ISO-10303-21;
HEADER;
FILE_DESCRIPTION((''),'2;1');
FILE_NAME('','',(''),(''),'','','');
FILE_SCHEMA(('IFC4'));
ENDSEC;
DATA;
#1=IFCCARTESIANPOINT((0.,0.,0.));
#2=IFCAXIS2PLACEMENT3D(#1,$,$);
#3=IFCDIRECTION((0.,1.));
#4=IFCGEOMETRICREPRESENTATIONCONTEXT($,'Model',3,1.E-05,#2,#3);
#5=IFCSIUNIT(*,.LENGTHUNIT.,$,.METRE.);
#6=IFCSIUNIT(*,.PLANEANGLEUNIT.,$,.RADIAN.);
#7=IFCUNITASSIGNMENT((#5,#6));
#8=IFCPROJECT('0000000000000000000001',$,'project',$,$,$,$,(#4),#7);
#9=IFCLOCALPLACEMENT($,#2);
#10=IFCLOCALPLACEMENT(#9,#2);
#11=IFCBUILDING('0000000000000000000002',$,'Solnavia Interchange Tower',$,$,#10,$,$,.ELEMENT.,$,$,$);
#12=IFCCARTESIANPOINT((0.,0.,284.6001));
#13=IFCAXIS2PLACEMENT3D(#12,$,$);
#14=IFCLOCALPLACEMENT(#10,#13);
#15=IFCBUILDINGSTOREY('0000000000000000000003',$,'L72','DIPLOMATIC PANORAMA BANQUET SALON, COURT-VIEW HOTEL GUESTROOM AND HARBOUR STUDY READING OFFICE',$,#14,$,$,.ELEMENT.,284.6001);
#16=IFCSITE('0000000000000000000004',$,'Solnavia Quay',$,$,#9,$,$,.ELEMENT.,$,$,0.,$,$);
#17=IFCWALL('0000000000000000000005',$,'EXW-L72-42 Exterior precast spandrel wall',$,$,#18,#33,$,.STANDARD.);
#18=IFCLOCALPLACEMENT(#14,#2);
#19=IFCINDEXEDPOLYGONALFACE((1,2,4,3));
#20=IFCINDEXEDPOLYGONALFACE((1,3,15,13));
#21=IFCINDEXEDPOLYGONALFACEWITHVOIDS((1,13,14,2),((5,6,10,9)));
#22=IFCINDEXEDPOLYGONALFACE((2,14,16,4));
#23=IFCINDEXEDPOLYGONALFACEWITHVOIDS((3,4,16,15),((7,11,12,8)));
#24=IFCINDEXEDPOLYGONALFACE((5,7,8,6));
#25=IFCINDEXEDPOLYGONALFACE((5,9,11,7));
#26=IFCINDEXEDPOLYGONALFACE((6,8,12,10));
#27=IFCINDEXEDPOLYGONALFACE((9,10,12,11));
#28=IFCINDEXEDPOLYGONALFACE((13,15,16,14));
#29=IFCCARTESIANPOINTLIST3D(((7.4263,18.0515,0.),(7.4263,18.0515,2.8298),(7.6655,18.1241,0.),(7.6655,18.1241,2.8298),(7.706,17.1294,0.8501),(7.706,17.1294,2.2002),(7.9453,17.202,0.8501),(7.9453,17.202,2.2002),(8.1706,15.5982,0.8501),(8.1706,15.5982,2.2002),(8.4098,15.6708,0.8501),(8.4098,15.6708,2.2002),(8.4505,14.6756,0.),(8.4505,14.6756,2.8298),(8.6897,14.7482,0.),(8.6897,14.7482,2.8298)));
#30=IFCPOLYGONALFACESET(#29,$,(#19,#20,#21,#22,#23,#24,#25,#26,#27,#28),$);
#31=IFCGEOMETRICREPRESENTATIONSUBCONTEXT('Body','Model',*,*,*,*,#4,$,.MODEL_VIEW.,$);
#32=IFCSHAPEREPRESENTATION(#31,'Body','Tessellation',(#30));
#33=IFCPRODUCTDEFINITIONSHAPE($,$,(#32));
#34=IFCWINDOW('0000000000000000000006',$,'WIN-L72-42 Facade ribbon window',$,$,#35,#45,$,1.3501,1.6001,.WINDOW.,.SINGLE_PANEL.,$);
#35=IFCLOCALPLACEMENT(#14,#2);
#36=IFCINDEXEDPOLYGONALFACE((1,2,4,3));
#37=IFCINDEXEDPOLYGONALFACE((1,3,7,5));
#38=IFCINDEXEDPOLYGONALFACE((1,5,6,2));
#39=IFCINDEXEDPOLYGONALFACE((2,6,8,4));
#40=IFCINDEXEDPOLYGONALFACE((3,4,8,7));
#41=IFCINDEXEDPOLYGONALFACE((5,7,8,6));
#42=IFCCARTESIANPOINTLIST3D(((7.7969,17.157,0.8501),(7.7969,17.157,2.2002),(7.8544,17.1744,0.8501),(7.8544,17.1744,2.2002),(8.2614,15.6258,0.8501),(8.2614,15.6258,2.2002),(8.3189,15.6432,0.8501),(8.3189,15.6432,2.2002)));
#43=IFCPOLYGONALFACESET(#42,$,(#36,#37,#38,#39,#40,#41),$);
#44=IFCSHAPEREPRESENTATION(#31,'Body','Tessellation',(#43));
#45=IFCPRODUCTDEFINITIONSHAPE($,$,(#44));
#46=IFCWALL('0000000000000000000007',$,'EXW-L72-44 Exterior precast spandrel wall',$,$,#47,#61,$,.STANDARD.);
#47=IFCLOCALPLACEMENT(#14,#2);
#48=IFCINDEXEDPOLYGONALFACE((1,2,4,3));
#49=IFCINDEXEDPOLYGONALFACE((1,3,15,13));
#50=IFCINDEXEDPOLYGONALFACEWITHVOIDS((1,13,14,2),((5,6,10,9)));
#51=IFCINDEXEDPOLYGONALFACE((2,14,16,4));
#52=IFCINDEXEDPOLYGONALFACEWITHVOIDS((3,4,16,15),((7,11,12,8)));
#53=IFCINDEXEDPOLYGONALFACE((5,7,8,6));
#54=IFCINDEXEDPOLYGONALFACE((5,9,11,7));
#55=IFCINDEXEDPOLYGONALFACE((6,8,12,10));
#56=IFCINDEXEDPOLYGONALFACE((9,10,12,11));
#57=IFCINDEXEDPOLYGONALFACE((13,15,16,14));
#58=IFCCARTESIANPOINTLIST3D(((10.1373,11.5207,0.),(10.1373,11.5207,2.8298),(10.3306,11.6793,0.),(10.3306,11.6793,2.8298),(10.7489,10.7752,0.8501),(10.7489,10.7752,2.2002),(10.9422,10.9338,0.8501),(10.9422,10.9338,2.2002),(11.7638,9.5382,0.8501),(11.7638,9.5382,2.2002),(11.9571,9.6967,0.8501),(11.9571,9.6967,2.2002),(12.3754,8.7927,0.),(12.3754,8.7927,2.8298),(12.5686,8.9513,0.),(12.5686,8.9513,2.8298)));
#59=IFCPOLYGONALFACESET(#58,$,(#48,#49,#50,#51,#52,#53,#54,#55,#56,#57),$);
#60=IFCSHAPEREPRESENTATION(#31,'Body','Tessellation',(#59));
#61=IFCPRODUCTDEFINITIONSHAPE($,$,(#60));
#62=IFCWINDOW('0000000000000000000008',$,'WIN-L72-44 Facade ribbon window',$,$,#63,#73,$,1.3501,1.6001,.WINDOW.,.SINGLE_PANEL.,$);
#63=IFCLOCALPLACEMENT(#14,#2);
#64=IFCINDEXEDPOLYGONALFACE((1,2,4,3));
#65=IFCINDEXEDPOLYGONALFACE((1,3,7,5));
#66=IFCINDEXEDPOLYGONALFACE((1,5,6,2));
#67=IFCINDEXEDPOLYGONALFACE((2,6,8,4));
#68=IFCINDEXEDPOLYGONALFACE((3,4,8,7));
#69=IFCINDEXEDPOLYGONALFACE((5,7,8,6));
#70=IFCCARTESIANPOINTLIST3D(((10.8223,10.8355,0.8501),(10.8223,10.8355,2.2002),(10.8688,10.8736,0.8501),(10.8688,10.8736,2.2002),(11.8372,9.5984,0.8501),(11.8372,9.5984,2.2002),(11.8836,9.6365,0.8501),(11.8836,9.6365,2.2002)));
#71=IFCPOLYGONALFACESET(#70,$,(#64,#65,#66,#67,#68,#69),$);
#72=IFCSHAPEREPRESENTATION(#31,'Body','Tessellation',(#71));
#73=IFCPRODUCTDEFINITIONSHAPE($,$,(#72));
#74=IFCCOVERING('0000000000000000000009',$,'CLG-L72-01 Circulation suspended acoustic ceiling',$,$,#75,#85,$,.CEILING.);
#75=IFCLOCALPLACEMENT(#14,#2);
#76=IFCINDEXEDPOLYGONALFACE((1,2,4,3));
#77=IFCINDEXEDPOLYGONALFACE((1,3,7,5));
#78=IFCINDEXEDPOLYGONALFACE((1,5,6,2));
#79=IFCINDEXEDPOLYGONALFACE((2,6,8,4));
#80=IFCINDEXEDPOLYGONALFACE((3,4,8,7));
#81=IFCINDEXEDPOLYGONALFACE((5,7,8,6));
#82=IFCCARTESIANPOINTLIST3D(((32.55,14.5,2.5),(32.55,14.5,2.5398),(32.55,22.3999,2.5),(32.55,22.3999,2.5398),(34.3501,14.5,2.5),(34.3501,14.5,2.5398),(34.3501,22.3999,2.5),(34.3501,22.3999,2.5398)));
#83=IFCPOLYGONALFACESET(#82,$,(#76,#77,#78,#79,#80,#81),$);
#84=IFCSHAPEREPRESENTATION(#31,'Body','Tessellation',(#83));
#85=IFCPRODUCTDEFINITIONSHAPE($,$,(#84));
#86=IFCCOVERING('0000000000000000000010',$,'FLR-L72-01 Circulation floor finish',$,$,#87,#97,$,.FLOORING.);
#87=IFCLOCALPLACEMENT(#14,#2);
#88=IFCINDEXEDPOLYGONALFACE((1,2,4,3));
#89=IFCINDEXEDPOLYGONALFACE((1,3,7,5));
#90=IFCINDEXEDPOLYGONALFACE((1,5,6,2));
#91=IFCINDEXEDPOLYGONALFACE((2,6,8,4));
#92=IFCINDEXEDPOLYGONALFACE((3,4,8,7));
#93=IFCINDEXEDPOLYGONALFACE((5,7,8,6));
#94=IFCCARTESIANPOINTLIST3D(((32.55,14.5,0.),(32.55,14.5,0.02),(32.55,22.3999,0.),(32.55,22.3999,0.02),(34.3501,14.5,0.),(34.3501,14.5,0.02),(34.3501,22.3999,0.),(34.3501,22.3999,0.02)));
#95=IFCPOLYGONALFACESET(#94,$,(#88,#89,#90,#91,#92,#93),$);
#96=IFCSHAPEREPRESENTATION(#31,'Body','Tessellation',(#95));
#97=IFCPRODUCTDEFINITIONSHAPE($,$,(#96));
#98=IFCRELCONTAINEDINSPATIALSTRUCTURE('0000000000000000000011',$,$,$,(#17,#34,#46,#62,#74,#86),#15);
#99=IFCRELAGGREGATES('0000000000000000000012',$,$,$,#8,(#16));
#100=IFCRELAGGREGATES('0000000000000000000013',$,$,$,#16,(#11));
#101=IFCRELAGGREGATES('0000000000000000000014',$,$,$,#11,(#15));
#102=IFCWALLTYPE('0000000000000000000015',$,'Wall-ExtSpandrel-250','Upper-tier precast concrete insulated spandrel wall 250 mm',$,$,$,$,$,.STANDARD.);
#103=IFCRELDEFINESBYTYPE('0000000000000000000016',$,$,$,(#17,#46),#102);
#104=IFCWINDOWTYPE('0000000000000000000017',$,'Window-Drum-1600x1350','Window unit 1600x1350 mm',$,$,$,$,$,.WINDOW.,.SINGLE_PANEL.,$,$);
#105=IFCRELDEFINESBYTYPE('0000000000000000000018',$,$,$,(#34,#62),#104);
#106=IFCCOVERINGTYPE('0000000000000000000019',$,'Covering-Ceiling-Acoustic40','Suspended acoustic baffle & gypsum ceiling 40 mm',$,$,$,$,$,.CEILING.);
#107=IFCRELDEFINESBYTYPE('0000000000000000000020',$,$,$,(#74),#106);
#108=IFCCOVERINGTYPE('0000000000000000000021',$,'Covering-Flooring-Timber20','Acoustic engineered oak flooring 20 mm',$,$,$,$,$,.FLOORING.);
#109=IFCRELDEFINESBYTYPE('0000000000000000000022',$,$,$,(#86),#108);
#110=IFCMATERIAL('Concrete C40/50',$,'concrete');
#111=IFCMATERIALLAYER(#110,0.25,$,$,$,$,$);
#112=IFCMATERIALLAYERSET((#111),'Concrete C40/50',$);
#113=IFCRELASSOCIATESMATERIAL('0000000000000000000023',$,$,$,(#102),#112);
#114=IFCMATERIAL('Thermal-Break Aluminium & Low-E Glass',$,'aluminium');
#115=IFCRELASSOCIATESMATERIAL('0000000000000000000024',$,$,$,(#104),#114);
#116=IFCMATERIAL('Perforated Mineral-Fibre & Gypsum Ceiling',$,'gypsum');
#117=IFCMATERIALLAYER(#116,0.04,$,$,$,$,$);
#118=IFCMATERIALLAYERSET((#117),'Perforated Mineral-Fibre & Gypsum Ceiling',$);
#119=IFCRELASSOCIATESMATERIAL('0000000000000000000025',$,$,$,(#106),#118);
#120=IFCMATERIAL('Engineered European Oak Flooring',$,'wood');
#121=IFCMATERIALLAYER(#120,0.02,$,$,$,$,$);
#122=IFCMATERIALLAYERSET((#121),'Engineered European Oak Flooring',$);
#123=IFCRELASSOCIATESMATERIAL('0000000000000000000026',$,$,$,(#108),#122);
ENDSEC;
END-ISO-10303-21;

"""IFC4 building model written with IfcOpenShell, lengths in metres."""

from ifc_helpers import new_model, si_unit, direction, frame, frame_2d, origin, place, context, subcontext, project, spatial, polyline, rectangle, outline, extrude, material, layer, layer_set, type_object, element, fill, save


model = new_model("IFC4")

# Units and contexts
model_context = context("Model", 3, precision=1e-05, world=origin(), true_north=direction((0.0, 1.0)))
body_context = subcontext(model_context, "Body", "Model", "MODEL_VIEW")
ifc_project = project(units=[si_unit("LENGTHUNIT", "METRE"), si_unit("PLANEANGLEUNIT", "RADIAN")], contexts=[model_context])

# Site, building, storey
site_placement = place(None, origin())
site = spatial("IfcSite", under=ifc_project, at=site_placement, Name="Solnavia Quay", CompositionType="ELEMENT", RefElevation=0.0)
building_placement = place(site_placement, origin())
building = spatial("IfcBuilding", under=site, at=building_placement, Name="Solnavia Interchange Tower", CompositionType="ELEMENT")
storey_placement = place(building_placement, frame((0.0, 0.0, 284.6001)))
storey = spatial("IfcBuildingStorey", under=building, at=storey_placement, Name="L72", Description="DIPLOMATIC PANORAMA BANQUET SALON, COURT-VIEW HOTEL GUESTROOM AND HARBOUR STUDY READING OFFICE", CompositionType="ELEMENT", Elevation=284.6001)

# Shared definitions
ifc_material_1 = material(Name="Concrete C40/50", Category="concrete")

# Walls, openings, windows
ifc_layer_1 = layer(ifc_material_1, 0.25)
ifc_layer_set_1 = layer_set([ifc_layer_1], Name="Concrete C40/50")
wall_type = type_object("IfcWallType", Name="Wall-ExtSpandrel-250", Description="Upper-tier precast concrete insulated spandrel wall 250 mm", PredefinedType="STANDARD", material=ifc_layer_set_1)
wall_1_placement = place(storey_placement, frame((8.5701, 14.7119, 0.0), z_axis=(0.0, 0.0, 1.0), x_axis=(-0.290305, 0.956934, 0.0)))
wall_1 = element("IfcWall", 1, at=wall_1_placement, inside=storey, type_object=wall_type, Name="EXW-L72-42 Exterior precast spandrel wall", PredefinedType="STANDARD", context=body_context, shape_type="SweptSolid", body=[
    extrude(rectangle(XDim=3.5278, YDim=0.25, at=frame_2d((1.7639, 0.0))), origin(), (0.0, 0.0, 1.0), 2.8298),
])
opening_1_placement = place(wall_1_placement, frame((0.9641, 0.0, 0.8501)))
opening_1 = element("IfcOpeningElement", 2, at=opening_1_placement, cuts=wall_1, PredefinedType="OPENING", context=body_context, shape_type="SweptSolid", body=[
    extrude(rectangle(XDim=1.6001, YDim=1.3501, at=frame_2d((0.8, 0.675))), frame((0.0, 0.135, 0.0), z_axis=(0.0, -1.0, 0.0), x_axis=(1.0, 0.0, 0.0)), (0.0, 0.0, 1.0), 0.27),
])
ifc_material_2 = material(Name="Thermal-Break Aluminium & Low-E Glass", Category="aluminium")
window_type = type_object("IfcWindowType", Name="Window-Drum-1600x1350", Description="Window unit 1600x1350 mm", PartitioningType="SINGLE_PANEL", PredefinedType="WINDOW", material=ifc_material_2)
window_1_placement = place(opening_1_placement, origin())
window_1 = element("IfcWindow", 3, at=window_1_placement, inside=storey, type_object=window_type, Name="WIN-L72-42 Facade ribbon window", OverallHeight=1.3501, OverallWidth=1.6001, PartitioningType="SINGLE_PANEL", PredefinedType="WINDOW", context=body_context, shape_type="SweptSolid", body=[
    extrude(rectangle(XDim=1.6001, YDim=1.3501, at=frame_2d((0.8, 0.675))), frame((0.0, 0.03, 0.0), z_axis=(0.0, -1.0, 0.0), x_axis=(1.0, 0.0, 0.0)), (0.0, 0.0, 1.0), 0.0601),
])
fill(opening_1, window_1)
wall_2_placement = place(storey_placement, frame((12.4719, 8.8721, 0.0), z_axis=(0.0, 0.0, 1.0), x_axis=(-0.634258, 0.773121, 0.0)))
wall_2 = element("IfcWall", 4, at=wall_2_placement, inside=storey, type_object=wall_type, Name="EXW-L72-44 Exterior precast spandrel wall", PredefinedType="STANDARD", context=body_context, shape_type="SweptSolid", body=[
    extrude(rectangle(XDim=3.5286, YDim=0.25, at=frame_2d((1.7642, 0.0))), origin(), (0.0, 0.0, 1.0), 2.8298),
])
opening_2_placement = place(wall_2_placement, frame((0.9641, 0.0, 0.8501)))
opening_2 = element("IfcOpeningElement", 5, at=opening_2_placement, cuts=wall_2, PredefinedType="OPENING", context=body_context, shape_type="SweptSolid", body=[
    extrude(rectangle(XDim=1.6001, YDim=1.3501, at=frame_2d((0.8, 0.675))), frame((0.0, 0.135, 0.0), z_axis=(0.0, -1.0, 0.0), x_axis=(1.0, 0.0, 0.0)), (0.0, 0.0, 1.0), 0.27),
])
window_2_placement = place(opening_2_placement, origin())
window_2 = element("IfcWindow", 6, at=window_2_placement, inside=storey, type_object=window_type, Name="WIN-L72-44 Facade ribbon window", OverallHeight=1.3501, OverallWidth=1.6001, PartitioningType="SINGLE_PANEL", PredefinedType="WINDOW", context=body_context, shape_type="SweptSolid", body=[
    extrude(rectangle(XDim=1.6001, YDim=1.3501, at=frame_2d((0.8, 0.675))), frame((0.0, 0.03, 0.0), z_axis=(0.0, -1.0, 0.0), x_axis=(1.0, 0.0, 0.0)), (0.0, 0.0, 1.0), 0.0601),
])
fill(opening_2, window_2)

# Coverings
ifc_material_3 = material(Name="Perforated Mineral-Fibre & Gypsum Ceiling", Category="gypsum")
ifc_layer_2 = layer(ifc_material_3, 0.04)
ifc_layer_set_2 = layer_set([ifc_layer_2], Name="Perforated Mineral-Fibre & Gypsum Ceiling")
covering_type_1 = type_object("IfcCoveringType", Name="Covering-Ceiling-Acoustic40", Description="Suspended acoustic baffle & gypsum ceiling 40 mm", PredefinedType="CEILING", material=ifc_layer_set_2)
covering_1_placement = place(storey_placement, frame((0.0, 0.0, 2.5)))
element("IfcCovering", 7, at=covering_1_placement, inside=storey, type_object=covering_type_1, Name="CLG-L72-01 Circulation suspended acoustic ceiling", PredefinedType="CEILING", context=body_context, shape_type="SweptSolid", body=[
    extrude(outline(polyline([(32.55, 14.5), (34.3501, 14.5), (34.3501, 22.3999), (32.55, 22.3999), (32.55, 14.5)])), origin(), (0.0, 0.0, 1.0), 0.0398),
])
ifc_material_4 = material(Name="Engineered European Oak Flooring", Category="wood")
ifc_layer_3 = layer(ifc_material_4, 0.02)
ifc_layer_set_3 = layer_set([ifc_layer_3], Name="Engineered European Oak Flooring")
covering_type_2 = type_object("IfcCoveringType", Name="Covering-Flooring-Timber20", Description="Acoustic engineered oak flooring 20 mm", PredefinedType="FLOORING", material=ifc_layer_set_3)
covering_2_placement = place(storey_placement, origin())
element("IfcCovering", 8, at=covering_2_placement, inside=storey, type_object=covering_type_2, Name="FLR-L72-01 Circulation floor finish", PredefinedType="FLOORING", context=body_context, shape_type="SweptSolid", body=[
    extrude(outline(polyline([(32.55, 14.5), (34.3501, 14.5), (34.3501, 22.3999), (32.55, 22.3999), (32.55, 14.5)])), origin(), (0.0, 0.0, 1.0), 0.02),
])

save(model, "model.ifc")
